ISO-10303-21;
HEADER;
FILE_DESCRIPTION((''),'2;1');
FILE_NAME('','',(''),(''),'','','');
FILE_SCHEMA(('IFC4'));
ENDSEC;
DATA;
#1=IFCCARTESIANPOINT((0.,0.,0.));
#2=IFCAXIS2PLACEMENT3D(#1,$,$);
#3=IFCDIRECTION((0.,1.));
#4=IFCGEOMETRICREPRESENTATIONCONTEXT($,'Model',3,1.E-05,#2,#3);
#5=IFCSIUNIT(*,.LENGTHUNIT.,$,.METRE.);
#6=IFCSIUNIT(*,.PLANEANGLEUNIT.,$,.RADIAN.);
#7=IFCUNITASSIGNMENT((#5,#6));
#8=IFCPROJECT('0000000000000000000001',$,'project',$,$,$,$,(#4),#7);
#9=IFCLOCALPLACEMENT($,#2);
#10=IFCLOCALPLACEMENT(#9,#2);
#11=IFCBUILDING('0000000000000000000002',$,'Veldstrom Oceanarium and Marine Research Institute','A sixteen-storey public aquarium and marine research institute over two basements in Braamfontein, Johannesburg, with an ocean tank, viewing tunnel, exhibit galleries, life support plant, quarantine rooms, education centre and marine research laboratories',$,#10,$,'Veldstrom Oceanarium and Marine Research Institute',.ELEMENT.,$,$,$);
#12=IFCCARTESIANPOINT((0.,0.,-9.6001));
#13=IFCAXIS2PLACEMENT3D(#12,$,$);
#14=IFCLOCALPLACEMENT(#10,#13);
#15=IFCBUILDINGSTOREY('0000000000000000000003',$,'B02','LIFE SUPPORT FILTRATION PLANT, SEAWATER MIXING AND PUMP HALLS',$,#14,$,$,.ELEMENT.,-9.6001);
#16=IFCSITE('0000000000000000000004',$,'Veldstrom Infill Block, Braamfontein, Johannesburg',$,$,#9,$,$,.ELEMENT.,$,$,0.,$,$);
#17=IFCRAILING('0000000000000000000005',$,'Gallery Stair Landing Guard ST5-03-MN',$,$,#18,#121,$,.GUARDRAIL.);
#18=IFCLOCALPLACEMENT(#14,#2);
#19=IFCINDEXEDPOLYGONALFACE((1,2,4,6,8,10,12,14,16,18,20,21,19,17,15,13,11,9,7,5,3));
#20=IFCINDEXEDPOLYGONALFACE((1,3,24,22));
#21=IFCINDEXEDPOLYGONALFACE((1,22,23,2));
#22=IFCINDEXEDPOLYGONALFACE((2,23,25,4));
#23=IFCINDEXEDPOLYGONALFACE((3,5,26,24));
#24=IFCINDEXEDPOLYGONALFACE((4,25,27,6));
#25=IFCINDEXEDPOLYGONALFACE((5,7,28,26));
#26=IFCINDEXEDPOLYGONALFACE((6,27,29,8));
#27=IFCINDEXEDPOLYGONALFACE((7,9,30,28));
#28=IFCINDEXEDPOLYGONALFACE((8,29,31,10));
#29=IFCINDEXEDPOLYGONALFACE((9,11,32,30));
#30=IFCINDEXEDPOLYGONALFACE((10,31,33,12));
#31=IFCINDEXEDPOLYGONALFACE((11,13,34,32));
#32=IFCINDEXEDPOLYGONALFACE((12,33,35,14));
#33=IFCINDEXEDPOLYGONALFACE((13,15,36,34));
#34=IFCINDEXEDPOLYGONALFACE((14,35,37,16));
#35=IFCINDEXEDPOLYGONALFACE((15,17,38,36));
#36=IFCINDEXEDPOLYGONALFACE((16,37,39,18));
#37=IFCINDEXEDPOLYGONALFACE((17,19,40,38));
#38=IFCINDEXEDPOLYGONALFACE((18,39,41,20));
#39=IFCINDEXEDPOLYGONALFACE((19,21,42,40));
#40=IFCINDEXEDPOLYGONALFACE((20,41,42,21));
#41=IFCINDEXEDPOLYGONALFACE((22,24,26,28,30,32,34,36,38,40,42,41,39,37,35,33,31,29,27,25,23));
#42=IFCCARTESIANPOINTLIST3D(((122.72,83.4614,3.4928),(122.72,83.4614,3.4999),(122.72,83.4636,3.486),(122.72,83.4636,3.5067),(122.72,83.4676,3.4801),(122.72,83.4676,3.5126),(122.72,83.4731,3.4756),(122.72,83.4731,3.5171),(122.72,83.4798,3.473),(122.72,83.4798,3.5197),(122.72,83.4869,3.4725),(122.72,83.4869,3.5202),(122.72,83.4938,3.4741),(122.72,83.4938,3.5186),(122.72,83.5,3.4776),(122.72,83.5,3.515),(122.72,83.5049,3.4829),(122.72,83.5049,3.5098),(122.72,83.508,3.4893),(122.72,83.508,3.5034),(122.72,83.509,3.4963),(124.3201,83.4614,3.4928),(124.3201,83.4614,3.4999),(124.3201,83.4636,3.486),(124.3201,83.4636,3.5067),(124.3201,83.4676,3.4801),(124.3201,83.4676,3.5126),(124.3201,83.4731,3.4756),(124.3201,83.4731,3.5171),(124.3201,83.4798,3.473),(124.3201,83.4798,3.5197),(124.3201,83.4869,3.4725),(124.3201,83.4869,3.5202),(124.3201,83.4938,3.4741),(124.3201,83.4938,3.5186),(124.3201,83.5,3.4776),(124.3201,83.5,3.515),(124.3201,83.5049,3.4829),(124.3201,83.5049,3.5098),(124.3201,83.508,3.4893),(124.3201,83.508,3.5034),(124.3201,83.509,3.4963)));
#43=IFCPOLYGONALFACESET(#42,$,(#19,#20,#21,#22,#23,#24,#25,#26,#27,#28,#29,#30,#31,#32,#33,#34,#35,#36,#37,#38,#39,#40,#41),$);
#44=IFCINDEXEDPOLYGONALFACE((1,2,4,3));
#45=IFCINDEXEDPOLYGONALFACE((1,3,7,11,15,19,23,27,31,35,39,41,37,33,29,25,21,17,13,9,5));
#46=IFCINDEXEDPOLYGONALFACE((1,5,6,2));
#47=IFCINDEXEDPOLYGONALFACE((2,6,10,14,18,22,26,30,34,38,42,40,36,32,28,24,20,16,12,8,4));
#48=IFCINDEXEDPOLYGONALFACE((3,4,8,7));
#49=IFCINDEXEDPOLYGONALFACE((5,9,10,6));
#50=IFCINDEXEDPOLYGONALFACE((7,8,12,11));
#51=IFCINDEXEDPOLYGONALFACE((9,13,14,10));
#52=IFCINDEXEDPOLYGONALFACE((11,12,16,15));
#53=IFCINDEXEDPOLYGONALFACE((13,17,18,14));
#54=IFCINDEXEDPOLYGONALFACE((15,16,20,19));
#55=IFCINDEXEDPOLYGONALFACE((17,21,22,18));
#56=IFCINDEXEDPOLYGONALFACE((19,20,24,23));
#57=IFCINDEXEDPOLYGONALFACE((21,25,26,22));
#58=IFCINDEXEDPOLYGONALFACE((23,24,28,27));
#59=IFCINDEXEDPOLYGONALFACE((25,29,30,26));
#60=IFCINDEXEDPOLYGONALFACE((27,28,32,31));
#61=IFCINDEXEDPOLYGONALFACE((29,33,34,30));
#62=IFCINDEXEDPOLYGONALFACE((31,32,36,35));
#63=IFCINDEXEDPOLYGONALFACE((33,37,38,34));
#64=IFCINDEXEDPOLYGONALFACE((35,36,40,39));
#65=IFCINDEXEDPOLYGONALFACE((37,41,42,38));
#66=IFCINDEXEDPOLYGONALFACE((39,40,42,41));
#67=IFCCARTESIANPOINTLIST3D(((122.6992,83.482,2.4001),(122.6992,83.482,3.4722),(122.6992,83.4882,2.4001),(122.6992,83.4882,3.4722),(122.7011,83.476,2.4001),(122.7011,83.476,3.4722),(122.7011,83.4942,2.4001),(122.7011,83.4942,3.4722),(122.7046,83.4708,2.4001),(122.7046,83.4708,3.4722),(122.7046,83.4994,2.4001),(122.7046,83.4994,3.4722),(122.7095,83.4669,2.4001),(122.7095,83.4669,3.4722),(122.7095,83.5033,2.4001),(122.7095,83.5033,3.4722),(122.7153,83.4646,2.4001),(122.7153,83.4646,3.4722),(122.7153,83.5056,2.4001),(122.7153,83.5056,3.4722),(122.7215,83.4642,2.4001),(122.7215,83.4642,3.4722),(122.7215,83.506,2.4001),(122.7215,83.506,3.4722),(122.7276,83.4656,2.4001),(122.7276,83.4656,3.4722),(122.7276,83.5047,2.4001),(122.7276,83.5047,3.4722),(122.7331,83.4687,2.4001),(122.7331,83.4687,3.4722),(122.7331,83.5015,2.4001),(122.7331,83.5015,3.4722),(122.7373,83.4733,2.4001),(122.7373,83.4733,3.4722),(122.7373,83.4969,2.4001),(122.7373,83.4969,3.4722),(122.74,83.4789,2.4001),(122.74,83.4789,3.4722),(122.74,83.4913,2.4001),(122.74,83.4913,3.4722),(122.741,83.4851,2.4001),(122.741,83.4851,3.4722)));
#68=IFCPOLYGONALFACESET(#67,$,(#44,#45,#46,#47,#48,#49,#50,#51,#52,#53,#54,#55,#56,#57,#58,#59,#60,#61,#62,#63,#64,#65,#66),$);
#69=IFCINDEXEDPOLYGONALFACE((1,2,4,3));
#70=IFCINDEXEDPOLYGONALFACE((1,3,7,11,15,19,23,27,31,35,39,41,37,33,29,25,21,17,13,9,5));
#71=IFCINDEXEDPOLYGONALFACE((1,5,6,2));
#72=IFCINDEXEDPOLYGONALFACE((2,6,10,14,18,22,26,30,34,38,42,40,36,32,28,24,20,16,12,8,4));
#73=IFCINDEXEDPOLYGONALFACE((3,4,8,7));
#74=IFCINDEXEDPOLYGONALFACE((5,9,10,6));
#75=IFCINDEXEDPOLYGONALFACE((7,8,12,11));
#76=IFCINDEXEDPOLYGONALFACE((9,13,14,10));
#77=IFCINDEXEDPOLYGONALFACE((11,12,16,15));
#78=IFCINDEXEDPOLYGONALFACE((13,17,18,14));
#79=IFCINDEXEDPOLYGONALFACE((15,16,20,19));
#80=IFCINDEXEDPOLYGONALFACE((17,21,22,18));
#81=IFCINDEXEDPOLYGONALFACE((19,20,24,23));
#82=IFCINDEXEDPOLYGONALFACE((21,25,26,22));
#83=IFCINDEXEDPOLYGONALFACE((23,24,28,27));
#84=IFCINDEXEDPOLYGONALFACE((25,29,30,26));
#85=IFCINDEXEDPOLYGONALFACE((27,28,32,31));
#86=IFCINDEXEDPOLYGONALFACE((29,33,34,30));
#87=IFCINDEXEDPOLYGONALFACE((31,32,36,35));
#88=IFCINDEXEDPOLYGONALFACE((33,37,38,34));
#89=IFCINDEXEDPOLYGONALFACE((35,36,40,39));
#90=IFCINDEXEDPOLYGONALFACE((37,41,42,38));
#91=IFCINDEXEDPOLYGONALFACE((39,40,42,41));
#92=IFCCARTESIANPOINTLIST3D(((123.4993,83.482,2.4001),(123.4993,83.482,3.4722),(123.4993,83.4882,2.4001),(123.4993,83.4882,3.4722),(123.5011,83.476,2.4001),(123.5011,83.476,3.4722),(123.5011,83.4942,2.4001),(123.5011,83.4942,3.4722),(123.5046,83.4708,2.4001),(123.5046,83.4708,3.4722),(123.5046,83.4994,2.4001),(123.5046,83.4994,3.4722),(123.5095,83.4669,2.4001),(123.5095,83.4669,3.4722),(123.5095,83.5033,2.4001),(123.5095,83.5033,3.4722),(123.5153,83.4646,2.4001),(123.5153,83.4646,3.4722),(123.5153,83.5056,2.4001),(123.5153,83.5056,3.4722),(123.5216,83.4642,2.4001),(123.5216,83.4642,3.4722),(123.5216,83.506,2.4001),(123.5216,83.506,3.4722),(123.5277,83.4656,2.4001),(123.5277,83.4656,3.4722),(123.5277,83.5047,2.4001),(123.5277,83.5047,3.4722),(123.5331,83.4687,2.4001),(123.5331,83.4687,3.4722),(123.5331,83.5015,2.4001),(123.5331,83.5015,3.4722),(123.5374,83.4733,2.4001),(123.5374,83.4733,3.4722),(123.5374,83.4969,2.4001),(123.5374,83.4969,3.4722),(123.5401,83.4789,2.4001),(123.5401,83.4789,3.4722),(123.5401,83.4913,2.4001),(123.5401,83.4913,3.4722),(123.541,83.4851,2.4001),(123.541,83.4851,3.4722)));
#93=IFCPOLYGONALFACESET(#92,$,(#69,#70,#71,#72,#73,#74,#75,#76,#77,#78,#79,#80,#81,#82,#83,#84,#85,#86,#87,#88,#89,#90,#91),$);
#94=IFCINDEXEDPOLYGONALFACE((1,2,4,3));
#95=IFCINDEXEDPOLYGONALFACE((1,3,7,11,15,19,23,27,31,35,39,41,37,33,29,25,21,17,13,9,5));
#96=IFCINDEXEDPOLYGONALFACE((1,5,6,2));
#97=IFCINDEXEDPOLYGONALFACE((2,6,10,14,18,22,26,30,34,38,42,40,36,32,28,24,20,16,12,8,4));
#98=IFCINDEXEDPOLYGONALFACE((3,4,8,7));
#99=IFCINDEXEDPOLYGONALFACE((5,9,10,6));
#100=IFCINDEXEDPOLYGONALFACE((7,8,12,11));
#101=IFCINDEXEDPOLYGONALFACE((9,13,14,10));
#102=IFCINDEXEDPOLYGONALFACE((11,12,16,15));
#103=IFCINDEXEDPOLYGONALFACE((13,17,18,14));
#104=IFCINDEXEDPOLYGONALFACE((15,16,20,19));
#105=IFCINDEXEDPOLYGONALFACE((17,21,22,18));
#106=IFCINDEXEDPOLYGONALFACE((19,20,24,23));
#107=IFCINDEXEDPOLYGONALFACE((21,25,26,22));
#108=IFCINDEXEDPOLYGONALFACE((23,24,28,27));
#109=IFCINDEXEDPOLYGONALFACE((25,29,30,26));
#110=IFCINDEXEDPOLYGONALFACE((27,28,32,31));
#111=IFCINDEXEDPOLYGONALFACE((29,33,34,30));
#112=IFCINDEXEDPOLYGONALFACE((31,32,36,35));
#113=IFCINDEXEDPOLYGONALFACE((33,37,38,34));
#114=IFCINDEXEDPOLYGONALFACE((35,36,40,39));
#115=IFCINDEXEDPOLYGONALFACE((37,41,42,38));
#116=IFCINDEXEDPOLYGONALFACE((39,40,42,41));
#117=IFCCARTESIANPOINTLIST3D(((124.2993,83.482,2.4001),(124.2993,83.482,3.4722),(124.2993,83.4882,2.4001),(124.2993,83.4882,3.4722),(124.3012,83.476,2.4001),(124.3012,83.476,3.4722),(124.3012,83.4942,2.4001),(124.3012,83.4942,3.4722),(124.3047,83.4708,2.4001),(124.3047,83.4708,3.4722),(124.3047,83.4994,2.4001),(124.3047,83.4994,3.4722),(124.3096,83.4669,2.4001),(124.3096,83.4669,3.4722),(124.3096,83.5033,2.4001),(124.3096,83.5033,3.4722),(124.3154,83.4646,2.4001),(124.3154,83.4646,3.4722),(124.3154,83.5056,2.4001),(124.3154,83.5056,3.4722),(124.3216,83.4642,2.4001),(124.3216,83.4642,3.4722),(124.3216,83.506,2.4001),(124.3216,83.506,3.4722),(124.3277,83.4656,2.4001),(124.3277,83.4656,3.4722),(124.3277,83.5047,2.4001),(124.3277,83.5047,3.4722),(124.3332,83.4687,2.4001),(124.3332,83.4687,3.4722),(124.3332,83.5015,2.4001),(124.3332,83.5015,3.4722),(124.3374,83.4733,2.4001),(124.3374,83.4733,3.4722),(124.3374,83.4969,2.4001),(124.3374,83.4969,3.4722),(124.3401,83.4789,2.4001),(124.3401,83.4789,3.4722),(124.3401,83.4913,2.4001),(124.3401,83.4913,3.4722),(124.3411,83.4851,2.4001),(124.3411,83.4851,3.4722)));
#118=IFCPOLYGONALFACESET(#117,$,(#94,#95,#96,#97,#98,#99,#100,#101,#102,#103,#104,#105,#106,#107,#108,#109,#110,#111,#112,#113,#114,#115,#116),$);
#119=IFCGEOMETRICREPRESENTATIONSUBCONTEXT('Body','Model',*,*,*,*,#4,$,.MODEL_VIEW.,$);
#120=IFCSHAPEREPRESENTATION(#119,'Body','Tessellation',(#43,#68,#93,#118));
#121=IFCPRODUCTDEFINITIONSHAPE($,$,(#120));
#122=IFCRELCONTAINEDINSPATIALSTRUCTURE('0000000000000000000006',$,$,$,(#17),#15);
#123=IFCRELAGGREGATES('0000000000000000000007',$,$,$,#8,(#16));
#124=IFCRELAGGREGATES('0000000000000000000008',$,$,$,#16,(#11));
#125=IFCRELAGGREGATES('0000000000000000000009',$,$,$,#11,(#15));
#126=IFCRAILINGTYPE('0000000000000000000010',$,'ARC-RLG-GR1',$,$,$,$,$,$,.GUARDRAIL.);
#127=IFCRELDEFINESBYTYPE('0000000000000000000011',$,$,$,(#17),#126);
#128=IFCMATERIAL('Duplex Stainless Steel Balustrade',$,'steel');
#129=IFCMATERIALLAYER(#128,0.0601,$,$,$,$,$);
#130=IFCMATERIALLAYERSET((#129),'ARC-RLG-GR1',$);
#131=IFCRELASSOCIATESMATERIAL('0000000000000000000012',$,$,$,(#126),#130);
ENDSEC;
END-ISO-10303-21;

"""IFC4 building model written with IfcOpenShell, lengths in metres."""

from ifc_helpers import new_model, si_unit, direction, frame, origin, origin_2d, place, context, subcontext, project, spatial, circle, extrude, material, layer, layer_set, type_object, element, save


model = new_model("IFC4")

# Units and contexts
model_context = context("Model", 3, precision=1e-05, world=origin(), true_north=direction((0.0, 1.0)))
body_context = subcontext(model_context, "Body", "Model", "MODEL_VIEW")
ifc_project = project(units=[si_unit("LENGTHUNIT", "METRE"), si_unit("PLANEANGLEUNIT", "RADIAN")], contexts=[model_context])

# Site, building, storey
site_placement = place(None, origin())
site = spatial("IfcSite", under=ifc_project, at=site_placement, Name="Veldstrom Infill Block, Braamfontein, Johannesburg", CompositionType="ELEMENT", RefElevation=0.0)
building_placement = place(site_placement, origin())
building = spatial("IfcBuilding", under=site, at=building_placement, Name="Veldstrom Oceanarium and Marine Research Institute", Description="A sixteen-storey public aquarium and marine research institute over two basements in Braamfontein, Johannesburg, with an ocean tank, viewing tunnel, exhibit galleries, life support plant, quarantine rooms, education centre and marine research laboratories", LongName="Veldstrom Oceanarium and Marine Research Institute", CompositionType="ELEMENT")
storey_placement = place(building_placement, frame((0.0, 0.0, -9.6001)))
storey = spatial("IfcBuildingStorey", under=building, at=storey_placement, Name="B02", Description="LIFE SUPPORT FILTRATION PLANT, SEAWATER MIXING AND PUMP HALLS", CompositionType="ELEMENT", Elevation=-9.6001)

# Railing
ifc_material_1 = material(Name="Duplex Stainless Steel Balustrade", Category="steel")
ifc_layer_1 = layer(ifc_material_1, 0.0601)
ifc_layer_set_1 = layer_set([ifc_layer_1], Name="ARC-RLG-GR1")
railing_type = type_object("IfcRailingType", Name="ARC-RLG-GR1", PredefinedType="GUARDRAIL", material=ifc_layer_set_1)
railing_1_placement = place(storey_placement, frame((122.72, 83.4851, 2.4001)))
element("IfcRailing", 1, at=railing_1_placement, inside=storey, type_object=railing_type, Name="Gallery Stair Landing Guard ST5-03-MN", PredefinedType="GUARDRAIL", context=body_context, shape_type="SweptSolid", body=[
    extrude(circle(Radius=0.0239, at=origin_2d()), frame((0.0, 0.0, 1.0962), z_axis=(1.0, 0.0, 0.0), x_axis=(0.0, 1.0, 0.0)), (0.0, 0.0, 1.0), 1.6001),
    extrude(circle(Radius=0.021, at=origin_2d()), origin(), (0.0, 0.0, 1.0), 1.072),
    extrude(circle(Radius=0.021, at=origin_2d()), frame((0.8, 0.0, 0.0)), (0.0, 0.0, 1.0), 1.072),
    extrude(circle(Radius=0.021, at=origin_2d()), frame((1.6001, 0.0, 0.0)), (0.0, 0.0, 1.0), 1.072),
])

save(model, "model.ifc")
